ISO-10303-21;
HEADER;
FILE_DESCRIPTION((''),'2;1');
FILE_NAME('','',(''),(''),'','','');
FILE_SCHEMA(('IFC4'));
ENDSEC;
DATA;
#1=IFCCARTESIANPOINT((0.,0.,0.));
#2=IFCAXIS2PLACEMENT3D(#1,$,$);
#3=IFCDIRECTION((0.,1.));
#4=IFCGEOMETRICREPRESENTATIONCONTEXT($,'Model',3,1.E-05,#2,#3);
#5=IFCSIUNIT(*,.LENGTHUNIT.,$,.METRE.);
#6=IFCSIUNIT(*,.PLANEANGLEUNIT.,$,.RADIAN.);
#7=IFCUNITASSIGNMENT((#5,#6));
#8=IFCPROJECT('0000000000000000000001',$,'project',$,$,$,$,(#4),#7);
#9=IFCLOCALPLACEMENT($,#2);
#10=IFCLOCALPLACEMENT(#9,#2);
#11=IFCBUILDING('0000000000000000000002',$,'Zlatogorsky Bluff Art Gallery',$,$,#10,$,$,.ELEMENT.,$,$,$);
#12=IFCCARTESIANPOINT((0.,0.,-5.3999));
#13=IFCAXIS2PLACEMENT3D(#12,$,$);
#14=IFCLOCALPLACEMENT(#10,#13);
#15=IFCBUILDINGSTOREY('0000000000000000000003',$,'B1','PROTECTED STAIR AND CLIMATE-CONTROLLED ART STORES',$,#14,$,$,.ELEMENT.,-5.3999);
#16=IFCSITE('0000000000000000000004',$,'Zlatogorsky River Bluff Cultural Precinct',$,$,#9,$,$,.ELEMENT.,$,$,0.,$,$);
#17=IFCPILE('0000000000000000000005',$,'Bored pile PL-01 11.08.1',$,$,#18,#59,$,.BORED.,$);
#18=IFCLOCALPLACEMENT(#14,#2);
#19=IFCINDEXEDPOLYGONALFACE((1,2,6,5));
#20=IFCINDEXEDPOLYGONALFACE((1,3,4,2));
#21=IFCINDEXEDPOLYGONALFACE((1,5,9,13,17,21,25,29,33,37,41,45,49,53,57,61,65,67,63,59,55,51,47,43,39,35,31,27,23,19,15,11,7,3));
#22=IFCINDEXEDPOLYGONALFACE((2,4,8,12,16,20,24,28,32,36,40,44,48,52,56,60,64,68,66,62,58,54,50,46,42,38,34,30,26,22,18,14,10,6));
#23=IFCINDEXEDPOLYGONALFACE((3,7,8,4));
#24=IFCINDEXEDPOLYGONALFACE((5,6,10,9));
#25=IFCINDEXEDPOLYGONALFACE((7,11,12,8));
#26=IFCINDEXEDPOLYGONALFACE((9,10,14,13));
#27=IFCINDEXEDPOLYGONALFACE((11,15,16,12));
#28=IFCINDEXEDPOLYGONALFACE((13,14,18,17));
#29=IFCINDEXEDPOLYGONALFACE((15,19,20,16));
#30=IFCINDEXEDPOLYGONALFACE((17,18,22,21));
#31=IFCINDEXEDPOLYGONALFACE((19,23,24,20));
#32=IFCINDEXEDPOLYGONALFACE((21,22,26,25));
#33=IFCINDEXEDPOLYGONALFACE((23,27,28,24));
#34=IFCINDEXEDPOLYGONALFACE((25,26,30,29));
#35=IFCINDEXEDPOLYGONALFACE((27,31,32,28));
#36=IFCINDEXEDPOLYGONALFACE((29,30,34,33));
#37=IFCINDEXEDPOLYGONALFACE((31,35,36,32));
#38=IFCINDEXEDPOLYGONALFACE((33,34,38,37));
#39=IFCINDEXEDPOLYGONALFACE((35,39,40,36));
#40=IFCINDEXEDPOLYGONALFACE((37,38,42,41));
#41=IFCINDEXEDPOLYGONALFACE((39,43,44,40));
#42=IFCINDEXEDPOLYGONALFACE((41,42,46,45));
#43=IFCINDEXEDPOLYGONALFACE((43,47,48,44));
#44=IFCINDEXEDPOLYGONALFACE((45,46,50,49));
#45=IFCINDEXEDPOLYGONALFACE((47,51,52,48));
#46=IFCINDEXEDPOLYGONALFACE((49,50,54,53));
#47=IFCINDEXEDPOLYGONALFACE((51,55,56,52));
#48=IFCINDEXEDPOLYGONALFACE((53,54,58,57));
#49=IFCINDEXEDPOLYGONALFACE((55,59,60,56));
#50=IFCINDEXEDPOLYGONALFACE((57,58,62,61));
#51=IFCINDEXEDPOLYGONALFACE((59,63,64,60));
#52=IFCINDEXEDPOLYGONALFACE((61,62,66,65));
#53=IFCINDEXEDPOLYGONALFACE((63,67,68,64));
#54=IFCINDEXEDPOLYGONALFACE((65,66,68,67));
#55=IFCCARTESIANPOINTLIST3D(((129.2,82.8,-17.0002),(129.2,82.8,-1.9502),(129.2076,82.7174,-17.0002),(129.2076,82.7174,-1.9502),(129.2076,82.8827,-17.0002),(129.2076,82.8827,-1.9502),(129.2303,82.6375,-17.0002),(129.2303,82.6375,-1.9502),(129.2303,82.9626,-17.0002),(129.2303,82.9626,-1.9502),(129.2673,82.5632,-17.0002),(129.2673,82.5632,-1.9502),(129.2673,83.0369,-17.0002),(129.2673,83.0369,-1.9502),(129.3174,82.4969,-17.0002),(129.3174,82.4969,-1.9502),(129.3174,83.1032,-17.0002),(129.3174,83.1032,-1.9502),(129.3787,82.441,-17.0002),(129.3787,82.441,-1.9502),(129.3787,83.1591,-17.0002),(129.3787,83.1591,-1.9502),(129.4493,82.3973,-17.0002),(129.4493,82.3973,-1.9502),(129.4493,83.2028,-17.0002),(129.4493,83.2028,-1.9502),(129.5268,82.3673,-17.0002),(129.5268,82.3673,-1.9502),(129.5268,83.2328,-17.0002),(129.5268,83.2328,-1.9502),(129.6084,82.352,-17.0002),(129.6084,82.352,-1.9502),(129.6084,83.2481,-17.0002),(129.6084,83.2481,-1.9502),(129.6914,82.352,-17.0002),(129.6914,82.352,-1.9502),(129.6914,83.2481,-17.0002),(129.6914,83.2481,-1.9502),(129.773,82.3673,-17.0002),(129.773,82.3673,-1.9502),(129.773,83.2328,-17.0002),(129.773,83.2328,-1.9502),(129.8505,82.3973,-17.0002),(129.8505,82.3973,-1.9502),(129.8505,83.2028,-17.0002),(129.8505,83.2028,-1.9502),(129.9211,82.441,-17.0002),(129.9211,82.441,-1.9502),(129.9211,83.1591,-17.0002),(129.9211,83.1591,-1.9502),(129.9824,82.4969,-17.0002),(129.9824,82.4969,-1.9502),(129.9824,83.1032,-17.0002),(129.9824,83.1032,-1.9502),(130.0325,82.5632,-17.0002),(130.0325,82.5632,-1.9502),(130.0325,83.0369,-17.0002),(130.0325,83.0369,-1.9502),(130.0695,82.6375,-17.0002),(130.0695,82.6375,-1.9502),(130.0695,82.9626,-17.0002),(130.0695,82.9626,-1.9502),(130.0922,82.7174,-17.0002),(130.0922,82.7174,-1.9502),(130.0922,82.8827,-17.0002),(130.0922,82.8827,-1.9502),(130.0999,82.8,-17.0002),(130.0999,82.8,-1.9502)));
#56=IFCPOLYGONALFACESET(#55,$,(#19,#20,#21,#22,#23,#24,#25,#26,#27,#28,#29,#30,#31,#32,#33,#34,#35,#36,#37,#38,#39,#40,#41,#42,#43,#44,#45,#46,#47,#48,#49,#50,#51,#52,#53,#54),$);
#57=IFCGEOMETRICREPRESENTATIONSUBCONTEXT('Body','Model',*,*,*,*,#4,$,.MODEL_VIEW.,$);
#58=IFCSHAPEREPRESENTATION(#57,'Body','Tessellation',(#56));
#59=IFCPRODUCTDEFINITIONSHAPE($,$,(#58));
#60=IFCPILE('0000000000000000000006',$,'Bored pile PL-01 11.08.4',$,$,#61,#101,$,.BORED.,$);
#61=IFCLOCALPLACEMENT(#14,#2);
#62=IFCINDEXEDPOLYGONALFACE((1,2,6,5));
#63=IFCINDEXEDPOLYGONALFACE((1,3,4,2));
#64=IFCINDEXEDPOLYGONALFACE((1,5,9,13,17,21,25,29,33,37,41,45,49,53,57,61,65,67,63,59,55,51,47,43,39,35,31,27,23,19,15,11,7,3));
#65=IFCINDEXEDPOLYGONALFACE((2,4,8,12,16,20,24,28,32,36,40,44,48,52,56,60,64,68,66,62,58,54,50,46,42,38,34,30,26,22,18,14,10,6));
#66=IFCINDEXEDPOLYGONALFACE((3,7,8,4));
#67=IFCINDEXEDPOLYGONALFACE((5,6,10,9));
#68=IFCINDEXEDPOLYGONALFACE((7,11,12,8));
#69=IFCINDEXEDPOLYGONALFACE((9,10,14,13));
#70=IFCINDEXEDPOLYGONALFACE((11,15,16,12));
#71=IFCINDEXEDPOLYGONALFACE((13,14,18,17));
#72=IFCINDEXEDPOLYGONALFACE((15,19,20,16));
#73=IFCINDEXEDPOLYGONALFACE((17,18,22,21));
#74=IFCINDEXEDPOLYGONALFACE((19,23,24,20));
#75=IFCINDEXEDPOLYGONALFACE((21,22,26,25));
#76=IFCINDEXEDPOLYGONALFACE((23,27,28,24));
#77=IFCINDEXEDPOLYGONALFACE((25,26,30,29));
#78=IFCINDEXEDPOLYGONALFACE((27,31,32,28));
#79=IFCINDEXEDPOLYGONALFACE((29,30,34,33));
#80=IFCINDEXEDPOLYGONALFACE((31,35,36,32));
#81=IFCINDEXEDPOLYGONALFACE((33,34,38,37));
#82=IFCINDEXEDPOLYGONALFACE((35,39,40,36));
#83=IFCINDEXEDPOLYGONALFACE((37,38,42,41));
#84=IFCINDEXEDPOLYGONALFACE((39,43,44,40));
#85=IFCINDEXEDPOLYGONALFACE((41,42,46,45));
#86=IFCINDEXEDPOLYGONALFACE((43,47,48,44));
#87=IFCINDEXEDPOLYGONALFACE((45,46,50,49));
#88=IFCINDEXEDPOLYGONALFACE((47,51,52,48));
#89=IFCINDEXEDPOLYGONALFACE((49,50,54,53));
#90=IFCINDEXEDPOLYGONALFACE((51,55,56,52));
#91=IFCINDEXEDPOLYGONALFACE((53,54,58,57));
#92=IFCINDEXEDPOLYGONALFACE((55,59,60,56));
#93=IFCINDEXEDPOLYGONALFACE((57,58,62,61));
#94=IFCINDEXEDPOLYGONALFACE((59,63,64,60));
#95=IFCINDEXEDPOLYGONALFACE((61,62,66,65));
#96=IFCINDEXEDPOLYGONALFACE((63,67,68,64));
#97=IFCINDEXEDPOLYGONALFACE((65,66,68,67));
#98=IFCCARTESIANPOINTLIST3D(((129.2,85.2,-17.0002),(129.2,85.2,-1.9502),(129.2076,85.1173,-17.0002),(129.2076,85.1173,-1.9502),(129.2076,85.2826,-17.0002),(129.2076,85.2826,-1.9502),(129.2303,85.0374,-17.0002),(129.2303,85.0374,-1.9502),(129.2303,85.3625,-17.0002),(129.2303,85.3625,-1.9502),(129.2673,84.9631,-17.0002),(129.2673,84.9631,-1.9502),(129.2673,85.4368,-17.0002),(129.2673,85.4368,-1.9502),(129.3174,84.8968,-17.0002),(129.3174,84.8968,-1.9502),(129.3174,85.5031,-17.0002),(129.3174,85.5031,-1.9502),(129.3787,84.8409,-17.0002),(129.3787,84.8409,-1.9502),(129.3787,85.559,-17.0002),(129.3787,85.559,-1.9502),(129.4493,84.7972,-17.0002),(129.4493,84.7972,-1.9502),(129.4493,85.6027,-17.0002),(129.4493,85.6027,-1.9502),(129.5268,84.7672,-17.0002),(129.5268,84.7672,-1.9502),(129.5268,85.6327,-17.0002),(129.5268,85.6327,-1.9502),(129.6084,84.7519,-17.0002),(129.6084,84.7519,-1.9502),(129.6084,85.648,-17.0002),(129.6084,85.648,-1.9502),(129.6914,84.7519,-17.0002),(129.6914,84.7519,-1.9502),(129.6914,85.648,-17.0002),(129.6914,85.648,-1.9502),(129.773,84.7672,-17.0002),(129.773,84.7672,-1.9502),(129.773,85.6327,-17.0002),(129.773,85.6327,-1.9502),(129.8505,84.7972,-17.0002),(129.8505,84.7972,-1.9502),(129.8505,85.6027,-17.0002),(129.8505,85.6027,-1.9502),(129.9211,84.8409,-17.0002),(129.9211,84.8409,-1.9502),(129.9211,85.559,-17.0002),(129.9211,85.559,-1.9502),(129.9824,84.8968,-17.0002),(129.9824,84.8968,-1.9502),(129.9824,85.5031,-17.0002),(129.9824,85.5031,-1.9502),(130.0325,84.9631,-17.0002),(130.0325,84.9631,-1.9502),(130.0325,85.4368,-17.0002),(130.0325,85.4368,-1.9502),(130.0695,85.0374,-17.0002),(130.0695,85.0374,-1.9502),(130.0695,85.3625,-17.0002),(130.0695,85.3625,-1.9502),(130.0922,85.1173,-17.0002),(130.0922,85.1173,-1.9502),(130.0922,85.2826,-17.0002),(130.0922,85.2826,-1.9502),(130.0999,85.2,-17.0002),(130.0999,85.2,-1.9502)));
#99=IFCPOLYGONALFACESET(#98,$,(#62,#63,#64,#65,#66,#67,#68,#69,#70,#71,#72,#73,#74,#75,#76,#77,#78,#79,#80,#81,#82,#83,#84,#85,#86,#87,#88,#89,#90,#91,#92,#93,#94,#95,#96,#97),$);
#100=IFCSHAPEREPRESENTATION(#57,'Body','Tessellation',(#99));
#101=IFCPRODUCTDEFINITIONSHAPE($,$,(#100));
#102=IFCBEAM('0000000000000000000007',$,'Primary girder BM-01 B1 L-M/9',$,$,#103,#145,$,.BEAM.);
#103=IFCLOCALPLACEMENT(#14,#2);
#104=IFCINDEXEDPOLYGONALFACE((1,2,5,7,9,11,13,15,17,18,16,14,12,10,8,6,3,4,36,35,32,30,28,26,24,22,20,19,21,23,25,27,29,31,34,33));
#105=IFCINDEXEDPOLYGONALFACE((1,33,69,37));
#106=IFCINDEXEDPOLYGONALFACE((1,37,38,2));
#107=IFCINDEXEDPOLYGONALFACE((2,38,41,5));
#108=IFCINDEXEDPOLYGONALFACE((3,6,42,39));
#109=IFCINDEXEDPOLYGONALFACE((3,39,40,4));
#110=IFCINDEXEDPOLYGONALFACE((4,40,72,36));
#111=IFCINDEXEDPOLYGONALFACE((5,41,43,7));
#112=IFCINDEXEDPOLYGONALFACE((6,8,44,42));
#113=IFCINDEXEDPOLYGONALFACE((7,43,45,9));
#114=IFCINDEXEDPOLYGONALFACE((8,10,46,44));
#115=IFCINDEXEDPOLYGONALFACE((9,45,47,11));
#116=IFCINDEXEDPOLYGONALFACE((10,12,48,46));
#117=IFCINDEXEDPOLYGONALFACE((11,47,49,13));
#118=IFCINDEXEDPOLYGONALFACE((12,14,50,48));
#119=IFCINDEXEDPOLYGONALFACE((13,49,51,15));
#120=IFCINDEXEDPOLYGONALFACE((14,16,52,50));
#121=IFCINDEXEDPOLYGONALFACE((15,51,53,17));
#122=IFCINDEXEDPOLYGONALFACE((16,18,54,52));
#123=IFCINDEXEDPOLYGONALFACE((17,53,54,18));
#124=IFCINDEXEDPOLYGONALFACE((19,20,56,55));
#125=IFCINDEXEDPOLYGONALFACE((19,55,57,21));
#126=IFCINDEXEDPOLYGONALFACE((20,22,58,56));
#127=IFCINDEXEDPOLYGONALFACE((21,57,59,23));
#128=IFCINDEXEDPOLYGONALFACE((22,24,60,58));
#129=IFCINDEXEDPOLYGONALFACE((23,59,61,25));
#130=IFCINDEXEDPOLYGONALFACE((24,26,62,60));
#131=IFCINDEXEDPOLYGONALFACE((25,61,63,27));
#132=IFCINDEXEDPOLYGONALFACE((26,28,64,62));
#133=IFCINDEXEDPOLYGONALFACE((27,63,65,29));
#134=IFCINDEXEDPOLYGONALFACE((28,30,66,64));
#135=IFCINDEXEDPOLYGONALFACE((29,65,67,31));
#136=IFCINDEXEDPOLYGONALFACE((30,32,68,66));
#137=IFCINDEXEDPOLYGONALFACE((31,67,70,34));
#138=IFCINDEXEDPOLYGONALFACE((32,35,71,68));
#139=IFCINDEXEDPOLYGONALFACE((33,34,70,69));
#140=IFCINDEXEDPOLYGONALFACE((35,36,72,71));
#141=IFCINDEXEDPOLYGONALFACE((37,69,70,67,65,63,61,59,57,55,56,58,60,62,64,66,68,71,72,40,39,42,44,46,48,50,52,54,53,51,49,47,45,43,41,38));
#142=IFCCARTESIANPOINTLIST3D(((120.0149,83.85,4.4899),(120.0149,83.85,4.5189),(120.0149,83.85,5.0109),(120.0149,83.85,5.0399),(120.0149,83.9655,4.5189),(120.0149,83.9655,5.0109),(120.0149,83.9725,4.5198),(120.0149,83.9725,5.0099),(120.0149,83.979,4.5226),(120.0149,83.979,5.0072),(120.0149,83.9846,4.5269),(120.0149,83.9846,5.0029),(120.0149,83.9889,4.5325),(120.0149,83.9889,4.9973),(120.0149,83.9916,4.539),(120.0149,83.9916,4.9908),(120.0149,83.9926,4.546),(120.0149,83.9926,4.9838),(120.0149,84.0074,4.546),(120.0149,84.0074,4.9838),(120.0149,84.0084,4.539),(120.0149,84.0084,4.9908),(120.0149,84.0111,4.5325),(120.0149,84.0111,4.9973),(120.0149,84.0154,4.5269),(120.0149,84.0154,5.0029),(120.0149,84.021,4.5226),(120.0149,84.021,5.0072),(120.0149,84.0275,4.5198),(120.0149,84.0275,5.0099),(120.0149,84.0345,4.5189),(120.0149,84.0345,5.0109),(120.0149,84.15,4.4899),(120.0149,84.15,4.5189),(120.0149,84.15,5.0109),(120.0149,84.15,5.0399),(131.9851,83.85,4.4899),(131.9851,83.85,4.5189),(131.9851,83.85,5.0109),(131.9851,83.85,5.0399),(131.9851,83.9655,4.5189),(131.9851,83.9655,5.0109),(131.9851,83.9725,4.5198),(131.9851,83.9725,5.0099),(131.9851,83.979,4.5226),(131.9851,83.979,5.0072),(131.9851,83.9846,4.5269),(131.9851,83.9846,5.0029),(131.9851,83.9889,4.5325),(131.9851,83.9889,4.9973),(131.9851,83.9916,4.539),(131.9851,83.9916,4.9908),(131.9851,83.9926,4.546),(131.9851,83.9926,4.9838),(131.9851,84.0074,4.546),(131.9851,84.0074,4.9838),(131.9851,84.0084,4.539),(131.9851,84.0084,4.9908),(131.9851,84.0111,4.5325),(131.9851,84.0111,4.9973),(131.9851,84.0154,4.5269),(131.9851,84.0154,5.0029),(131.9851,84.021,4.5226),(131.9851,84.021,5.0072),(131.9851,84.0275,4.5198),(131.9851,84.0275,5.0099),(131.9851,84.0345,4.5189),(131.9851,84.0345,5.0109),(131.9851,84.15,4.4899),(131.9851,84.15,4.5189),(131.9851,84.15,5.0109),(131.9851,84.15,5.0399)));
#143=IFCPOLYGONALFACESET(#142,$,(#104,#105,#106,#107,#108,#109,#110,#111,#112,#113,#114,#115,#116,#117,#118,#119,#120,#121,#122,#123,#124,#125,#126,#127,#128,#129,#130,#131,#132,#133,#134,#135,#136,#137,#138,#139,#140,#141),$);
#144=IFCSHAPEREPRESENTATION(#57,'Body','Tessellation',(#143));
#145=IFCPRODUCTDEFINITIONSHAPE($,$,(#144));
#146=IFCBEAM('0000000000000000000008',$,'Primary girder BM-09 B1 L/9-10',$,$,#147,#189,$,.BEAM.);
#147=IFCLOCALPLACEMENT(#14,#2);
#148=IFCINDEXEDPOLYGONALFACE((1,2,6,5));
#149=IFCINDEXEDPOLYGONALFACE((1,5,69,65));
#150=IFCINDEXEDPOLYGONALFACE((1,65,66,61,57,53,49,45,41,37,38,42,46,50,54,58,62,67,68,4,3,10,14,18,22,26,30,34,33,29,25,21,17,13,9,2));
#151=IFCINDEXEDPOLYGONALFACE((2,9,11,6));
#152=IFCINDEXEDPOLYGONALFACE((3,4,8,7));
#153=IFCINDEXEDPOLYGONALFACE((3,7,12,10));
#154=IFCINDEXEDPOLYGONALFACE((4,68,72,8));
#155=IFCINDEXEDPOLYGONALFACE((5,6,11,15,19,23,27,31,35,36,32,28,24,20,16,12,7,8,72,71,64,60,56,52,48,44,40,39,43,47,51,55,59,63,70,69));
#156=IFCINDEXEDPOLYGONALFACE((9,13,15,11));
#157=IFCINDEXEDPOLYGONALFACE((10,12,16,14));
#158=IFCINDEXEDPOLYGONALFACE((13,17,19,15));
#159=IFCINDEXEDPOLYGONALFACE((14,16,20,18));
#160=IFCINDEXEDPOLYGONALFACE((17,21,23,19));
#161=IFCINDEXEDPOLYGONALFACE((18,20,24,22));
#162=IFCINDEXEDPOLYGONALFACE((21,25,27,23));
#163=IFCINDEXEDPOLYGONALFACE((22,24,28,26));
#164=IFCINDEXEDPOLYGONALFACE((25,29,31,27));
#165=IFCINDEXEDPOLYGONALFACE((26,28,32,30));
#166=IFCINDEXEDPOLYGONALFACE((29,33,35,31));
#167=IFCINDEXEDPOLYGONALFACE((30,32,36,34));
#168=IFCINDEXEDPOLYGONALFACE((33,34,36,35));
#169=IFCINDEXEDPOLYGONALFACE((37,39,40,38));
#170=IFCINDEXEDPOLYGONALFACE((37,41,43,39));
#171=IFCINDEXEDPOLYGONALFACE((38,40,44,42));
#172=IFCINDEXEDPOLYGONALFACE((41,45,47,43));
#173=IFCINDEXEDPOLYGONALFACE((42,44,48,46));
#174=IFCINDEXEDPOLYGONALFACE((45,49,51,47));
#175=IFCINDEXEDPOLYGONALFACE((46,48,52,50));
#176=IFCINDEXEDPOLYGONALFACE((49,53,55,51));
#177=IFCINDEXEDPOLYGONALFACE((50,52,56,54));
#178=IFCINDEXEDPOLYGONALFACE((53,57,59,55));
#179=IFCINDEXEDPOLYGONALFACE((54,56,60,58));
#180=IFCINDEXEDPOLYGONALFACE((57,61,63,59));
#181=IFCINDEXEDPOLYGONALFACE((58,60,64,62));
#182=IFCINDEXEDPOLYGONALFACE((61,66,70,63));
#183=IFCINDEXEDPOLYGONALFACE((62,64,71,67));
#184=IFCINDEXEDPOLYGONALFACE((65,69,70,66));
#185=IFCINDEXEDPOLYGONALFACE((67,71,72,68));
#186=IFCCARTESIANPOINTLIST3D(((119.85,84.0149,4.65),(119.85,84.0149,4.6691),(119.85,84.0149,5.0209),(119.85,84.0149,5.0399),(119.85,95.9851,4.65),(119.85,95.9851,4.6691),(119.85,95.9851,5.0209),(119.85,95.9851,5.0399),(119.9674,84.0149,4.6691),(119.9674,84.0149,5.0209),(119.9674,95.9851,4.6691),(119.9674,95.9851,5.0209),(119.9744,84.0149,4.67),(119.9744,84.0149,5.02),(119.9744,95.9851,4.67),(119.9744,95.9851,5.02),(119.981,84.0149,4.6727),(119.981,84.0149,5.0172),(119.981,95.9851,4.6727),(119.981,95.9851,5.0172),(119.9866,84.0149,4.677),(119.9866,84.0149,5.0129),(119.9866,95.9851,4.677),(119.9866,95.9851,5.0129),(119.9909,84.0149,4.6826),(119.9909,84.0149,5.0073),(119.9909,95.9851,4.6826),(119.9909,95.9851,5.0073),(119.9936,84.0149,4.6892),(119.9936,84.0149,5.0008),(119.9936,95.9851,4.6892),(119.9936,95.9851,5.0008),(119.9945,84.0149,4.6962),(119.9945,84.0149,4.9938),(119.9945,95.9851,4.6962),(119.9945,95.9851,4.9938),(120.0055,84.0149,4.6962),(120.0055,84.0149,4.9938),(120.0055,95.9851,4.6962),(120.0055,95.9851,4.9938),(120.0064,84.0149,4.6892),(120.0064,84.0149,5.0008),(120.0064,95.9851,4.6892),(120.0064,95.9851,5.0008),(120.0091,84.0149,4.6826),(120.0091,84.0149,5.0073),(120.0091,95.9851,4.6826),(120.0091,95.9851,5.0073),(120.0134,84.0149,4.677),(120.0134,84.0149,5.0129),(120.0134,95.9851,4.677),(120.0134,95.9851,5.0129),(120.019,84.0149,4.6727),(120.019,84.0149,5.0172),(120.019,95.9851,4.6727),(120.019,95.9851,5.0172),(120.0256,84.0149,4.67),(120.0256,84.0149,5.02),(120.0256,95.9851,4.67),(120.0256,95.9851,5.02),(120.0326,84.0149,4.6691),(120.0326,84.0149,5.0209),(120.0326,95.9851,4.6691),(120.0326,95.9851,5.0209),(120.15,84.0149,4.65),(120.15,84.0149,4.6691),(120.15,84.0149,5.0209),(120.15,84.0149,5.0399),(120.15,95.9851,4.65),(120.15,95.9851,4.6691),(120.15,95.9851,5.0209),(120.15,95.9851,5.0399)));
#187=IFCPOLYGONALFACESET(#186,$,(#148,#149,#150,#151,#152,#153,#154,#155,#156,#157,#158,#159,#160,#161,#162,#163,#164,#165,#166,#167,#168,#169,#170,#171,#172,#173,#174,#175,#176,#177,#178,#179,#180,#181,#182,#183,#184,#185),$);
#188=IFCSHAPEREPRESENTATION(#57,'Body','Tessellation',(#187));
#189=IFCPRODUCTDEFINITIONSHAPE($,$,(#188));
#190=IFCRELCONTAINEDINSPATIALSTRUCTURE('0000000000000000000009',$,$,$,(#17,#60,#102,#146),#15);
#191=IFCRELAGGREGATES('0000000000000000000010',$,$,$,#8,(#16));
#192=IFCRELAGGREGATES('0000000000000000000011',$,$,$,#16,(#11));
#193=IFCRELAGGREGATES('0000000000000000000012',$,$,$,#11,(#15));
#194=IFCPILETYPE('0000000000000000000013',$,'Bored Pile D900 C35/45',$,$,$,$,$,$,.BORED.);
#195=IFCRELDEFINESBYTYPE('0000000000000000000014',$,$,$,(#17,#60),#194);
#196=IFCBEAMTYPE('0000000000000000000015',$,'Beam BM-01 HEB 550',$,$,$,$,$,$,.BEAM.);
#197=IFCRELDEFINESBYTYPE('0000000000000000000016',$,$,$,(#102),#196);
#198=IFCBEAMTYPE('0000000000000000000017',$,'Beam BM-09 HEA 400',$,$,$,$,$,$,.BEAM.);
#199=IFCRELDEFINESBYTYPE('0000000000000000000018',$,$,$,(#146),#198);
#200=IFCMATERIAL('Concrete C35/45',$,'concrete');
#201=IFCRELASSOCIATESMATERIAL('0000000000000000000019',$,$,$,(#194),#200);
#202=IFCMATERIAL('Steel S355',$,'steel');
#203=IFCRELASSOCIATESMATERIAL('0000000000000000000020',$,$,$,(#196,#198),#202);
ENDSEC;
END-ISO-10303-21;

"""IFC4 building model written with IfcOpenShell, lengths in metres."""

from ifc_helpers import new_model, si_unit, direction, frame, origin, origin_2d, place, context, subcontext, project, spatial, circle, i_section, extrude, material, material_profile, profile_set, type_object, element, save


model = new_model("IFC4")

# Units and contexts
model_context = context("Model", 3, precision=1e-05, world=origin(), true_north=direction((0.0, 1.0)))
body_context = subcontext(model_context, "Body", "Model", "MODEL_VIEW")
ifc_project = project(units=[si_unit("LENGTHUNIT", "METRE"), si_unit("PLANEANGLEUNIT", "RADIAN")], contexts=[model_context])

# Site, building, storey
site_placement = place(None, origin())
site = spatial("IfcSite", under=ifc_project, at=site_placement, Name="Zlatogorsky River Bluff Cultural Precinct", CompositionType="ELEMENT", RefElevation=0.0)
building_placement = place(site_placement, origin())
building = spatial("IfcBuilding", under=site, at=building_placement, Name="Zlatogorsky Bluff Art Gallery", CompositionType="ELEMENT")
storey_placement = place(building_placement, frame((0.0, 0.0, -5.3999)))
storey = spatial("IfcBuildingStorey", under=building, at=storey_placement, Name="B1", Description="PROTECTED STAIR AND CLIMATE-CONTROLLED ART STORES", CompositionType="ELEMENT", Elevation=-5.3999)

# Piles
ifc_material_1 = material(Name="Concrete C35/45", Category="concrete")
ifc_material_profile_1 = material_profile(ifc_material_1, circle(Radius=0.45, at=origin_2d()), Name="BORED PILE D900")
ifc_profile_set_1 = profile_set([ifc_material_profile_1], Name="Concrete C35/45")
pile_type_1 = type_object("IfcPileType", Name="Bored Pile D900 C35/45", PredefinedType="BORED", material=ifc_profile_set_1)
for number, where, z_axis, x_axis, name in (
    (1, (129.6499, 82.8, -1.9502), (0.0, 0.0, -1.0), (1.0, 0.0, 0.0), "Bored pile PL-01 11.08.1"),
    (2, (129.6499, 85.2, -1.9502), (0.0, 0.0, -1.0), (1.0, 0.0, 0.0), "Bored pile PL-01 11.08.4"),
):
    element("IfcPile", number, at=place(storey_placement, frame(where, z_axis=z_axis, x_axis=x_axis)), inside=storey, type_object=pile_type_1, Name=name, PredefinedType="BORED", context=body_context, shape_type="SweptSolid", body=[
        extrude(circle(Radius=0.45, at=origin_2d()), origin(), (0.0, 0.0, 1.0), 15.05),
    ])

# Beams
ifc_material_2 = material(Name="Steel S355", Category="steel")
ifc_material_profile_2 = material_profile(ifc_material_2, i_section(OverallWidth=0.3, OverallDepth=0.55, WebThickness=0.0149, FlangeThickness=0.0291, FilletRadius=0.0271, at=origin_2d()), Name="HEB 550")
ifc_profile_set_2 = profile_set([ifc_material_profile_2], Name="Steel S355")
beam_type_1 = type_object("IfcBeamType", Name="Beam BM-01 HEB 550", PredefinedType="BEAM", material=ifc_profile_set_2)
beam_1_placement = place(storey_placement, frame((120.0149, 84.0, 4.7649), z_axis=(1.0, 0.0, 0.0), x_axis=(0.0, 1.0, 0.0)))
element("IfcBeam", 3, at=beam_1_placement, inside=storey, type_object=beam_type_1, Name="Primary girder BM-01 B1 L-M/9", PredefinedType="BEAM", context=body_context, shape_type="SweptSolid", body=[
    extrude(i_section(OverallWidth=0.3, OverallDepth=0.55, WebThickness=0.0149, FlangeThickness=0.0291, FilletRadius=0.0271, at=origin_2d()), origin(), (0.0, 0.0, 1.0), 11.9702),
])
ifc_material_profile_3 = material_profile(ifc_material_2, i_section(OverallWidth=0.3, OverallDepth=0.3899, WebThickness=0.011, FlangeThickness=0.019, FilletRadius=0.0271, at=origin_2d()), Name="HEA 400")
ifc_profile_set_3 = profile_set([ifc_material_profile_3], Name="Steel S355")
beam_type_2 = type_object("IfcBeamType", Name="Beam BM-09 HEA 400", PredefinedType="BEAM", material=ifc_profile_set_3)
beam_2_placement = place(storey_placement, frame((120.0, 84.0149, 4.845), z_axis=(0.0, 1.0, 0.0), x_axis=(-1.0, 0.0, 0.0)))
element("IfcBeam", 4, at=beam_2_placement, inside=storey, type_object=beam_type_2, Name="Primary girder BM-09 B1 L/9-10", PredefinedType="BEAM", context=body_context, shape_type="SweptSolid", body=[
    extrude(i_section(OverallWidth=0.3, OverallDepth=0.3899, WebThickness=0.011, FlangeThickness=0.019, FilletRadius=0.0271, at=origin_2d()), origin(), (0.0, 0.0, 1.0), 11.9702),
])

save(model, "model.ifc")
